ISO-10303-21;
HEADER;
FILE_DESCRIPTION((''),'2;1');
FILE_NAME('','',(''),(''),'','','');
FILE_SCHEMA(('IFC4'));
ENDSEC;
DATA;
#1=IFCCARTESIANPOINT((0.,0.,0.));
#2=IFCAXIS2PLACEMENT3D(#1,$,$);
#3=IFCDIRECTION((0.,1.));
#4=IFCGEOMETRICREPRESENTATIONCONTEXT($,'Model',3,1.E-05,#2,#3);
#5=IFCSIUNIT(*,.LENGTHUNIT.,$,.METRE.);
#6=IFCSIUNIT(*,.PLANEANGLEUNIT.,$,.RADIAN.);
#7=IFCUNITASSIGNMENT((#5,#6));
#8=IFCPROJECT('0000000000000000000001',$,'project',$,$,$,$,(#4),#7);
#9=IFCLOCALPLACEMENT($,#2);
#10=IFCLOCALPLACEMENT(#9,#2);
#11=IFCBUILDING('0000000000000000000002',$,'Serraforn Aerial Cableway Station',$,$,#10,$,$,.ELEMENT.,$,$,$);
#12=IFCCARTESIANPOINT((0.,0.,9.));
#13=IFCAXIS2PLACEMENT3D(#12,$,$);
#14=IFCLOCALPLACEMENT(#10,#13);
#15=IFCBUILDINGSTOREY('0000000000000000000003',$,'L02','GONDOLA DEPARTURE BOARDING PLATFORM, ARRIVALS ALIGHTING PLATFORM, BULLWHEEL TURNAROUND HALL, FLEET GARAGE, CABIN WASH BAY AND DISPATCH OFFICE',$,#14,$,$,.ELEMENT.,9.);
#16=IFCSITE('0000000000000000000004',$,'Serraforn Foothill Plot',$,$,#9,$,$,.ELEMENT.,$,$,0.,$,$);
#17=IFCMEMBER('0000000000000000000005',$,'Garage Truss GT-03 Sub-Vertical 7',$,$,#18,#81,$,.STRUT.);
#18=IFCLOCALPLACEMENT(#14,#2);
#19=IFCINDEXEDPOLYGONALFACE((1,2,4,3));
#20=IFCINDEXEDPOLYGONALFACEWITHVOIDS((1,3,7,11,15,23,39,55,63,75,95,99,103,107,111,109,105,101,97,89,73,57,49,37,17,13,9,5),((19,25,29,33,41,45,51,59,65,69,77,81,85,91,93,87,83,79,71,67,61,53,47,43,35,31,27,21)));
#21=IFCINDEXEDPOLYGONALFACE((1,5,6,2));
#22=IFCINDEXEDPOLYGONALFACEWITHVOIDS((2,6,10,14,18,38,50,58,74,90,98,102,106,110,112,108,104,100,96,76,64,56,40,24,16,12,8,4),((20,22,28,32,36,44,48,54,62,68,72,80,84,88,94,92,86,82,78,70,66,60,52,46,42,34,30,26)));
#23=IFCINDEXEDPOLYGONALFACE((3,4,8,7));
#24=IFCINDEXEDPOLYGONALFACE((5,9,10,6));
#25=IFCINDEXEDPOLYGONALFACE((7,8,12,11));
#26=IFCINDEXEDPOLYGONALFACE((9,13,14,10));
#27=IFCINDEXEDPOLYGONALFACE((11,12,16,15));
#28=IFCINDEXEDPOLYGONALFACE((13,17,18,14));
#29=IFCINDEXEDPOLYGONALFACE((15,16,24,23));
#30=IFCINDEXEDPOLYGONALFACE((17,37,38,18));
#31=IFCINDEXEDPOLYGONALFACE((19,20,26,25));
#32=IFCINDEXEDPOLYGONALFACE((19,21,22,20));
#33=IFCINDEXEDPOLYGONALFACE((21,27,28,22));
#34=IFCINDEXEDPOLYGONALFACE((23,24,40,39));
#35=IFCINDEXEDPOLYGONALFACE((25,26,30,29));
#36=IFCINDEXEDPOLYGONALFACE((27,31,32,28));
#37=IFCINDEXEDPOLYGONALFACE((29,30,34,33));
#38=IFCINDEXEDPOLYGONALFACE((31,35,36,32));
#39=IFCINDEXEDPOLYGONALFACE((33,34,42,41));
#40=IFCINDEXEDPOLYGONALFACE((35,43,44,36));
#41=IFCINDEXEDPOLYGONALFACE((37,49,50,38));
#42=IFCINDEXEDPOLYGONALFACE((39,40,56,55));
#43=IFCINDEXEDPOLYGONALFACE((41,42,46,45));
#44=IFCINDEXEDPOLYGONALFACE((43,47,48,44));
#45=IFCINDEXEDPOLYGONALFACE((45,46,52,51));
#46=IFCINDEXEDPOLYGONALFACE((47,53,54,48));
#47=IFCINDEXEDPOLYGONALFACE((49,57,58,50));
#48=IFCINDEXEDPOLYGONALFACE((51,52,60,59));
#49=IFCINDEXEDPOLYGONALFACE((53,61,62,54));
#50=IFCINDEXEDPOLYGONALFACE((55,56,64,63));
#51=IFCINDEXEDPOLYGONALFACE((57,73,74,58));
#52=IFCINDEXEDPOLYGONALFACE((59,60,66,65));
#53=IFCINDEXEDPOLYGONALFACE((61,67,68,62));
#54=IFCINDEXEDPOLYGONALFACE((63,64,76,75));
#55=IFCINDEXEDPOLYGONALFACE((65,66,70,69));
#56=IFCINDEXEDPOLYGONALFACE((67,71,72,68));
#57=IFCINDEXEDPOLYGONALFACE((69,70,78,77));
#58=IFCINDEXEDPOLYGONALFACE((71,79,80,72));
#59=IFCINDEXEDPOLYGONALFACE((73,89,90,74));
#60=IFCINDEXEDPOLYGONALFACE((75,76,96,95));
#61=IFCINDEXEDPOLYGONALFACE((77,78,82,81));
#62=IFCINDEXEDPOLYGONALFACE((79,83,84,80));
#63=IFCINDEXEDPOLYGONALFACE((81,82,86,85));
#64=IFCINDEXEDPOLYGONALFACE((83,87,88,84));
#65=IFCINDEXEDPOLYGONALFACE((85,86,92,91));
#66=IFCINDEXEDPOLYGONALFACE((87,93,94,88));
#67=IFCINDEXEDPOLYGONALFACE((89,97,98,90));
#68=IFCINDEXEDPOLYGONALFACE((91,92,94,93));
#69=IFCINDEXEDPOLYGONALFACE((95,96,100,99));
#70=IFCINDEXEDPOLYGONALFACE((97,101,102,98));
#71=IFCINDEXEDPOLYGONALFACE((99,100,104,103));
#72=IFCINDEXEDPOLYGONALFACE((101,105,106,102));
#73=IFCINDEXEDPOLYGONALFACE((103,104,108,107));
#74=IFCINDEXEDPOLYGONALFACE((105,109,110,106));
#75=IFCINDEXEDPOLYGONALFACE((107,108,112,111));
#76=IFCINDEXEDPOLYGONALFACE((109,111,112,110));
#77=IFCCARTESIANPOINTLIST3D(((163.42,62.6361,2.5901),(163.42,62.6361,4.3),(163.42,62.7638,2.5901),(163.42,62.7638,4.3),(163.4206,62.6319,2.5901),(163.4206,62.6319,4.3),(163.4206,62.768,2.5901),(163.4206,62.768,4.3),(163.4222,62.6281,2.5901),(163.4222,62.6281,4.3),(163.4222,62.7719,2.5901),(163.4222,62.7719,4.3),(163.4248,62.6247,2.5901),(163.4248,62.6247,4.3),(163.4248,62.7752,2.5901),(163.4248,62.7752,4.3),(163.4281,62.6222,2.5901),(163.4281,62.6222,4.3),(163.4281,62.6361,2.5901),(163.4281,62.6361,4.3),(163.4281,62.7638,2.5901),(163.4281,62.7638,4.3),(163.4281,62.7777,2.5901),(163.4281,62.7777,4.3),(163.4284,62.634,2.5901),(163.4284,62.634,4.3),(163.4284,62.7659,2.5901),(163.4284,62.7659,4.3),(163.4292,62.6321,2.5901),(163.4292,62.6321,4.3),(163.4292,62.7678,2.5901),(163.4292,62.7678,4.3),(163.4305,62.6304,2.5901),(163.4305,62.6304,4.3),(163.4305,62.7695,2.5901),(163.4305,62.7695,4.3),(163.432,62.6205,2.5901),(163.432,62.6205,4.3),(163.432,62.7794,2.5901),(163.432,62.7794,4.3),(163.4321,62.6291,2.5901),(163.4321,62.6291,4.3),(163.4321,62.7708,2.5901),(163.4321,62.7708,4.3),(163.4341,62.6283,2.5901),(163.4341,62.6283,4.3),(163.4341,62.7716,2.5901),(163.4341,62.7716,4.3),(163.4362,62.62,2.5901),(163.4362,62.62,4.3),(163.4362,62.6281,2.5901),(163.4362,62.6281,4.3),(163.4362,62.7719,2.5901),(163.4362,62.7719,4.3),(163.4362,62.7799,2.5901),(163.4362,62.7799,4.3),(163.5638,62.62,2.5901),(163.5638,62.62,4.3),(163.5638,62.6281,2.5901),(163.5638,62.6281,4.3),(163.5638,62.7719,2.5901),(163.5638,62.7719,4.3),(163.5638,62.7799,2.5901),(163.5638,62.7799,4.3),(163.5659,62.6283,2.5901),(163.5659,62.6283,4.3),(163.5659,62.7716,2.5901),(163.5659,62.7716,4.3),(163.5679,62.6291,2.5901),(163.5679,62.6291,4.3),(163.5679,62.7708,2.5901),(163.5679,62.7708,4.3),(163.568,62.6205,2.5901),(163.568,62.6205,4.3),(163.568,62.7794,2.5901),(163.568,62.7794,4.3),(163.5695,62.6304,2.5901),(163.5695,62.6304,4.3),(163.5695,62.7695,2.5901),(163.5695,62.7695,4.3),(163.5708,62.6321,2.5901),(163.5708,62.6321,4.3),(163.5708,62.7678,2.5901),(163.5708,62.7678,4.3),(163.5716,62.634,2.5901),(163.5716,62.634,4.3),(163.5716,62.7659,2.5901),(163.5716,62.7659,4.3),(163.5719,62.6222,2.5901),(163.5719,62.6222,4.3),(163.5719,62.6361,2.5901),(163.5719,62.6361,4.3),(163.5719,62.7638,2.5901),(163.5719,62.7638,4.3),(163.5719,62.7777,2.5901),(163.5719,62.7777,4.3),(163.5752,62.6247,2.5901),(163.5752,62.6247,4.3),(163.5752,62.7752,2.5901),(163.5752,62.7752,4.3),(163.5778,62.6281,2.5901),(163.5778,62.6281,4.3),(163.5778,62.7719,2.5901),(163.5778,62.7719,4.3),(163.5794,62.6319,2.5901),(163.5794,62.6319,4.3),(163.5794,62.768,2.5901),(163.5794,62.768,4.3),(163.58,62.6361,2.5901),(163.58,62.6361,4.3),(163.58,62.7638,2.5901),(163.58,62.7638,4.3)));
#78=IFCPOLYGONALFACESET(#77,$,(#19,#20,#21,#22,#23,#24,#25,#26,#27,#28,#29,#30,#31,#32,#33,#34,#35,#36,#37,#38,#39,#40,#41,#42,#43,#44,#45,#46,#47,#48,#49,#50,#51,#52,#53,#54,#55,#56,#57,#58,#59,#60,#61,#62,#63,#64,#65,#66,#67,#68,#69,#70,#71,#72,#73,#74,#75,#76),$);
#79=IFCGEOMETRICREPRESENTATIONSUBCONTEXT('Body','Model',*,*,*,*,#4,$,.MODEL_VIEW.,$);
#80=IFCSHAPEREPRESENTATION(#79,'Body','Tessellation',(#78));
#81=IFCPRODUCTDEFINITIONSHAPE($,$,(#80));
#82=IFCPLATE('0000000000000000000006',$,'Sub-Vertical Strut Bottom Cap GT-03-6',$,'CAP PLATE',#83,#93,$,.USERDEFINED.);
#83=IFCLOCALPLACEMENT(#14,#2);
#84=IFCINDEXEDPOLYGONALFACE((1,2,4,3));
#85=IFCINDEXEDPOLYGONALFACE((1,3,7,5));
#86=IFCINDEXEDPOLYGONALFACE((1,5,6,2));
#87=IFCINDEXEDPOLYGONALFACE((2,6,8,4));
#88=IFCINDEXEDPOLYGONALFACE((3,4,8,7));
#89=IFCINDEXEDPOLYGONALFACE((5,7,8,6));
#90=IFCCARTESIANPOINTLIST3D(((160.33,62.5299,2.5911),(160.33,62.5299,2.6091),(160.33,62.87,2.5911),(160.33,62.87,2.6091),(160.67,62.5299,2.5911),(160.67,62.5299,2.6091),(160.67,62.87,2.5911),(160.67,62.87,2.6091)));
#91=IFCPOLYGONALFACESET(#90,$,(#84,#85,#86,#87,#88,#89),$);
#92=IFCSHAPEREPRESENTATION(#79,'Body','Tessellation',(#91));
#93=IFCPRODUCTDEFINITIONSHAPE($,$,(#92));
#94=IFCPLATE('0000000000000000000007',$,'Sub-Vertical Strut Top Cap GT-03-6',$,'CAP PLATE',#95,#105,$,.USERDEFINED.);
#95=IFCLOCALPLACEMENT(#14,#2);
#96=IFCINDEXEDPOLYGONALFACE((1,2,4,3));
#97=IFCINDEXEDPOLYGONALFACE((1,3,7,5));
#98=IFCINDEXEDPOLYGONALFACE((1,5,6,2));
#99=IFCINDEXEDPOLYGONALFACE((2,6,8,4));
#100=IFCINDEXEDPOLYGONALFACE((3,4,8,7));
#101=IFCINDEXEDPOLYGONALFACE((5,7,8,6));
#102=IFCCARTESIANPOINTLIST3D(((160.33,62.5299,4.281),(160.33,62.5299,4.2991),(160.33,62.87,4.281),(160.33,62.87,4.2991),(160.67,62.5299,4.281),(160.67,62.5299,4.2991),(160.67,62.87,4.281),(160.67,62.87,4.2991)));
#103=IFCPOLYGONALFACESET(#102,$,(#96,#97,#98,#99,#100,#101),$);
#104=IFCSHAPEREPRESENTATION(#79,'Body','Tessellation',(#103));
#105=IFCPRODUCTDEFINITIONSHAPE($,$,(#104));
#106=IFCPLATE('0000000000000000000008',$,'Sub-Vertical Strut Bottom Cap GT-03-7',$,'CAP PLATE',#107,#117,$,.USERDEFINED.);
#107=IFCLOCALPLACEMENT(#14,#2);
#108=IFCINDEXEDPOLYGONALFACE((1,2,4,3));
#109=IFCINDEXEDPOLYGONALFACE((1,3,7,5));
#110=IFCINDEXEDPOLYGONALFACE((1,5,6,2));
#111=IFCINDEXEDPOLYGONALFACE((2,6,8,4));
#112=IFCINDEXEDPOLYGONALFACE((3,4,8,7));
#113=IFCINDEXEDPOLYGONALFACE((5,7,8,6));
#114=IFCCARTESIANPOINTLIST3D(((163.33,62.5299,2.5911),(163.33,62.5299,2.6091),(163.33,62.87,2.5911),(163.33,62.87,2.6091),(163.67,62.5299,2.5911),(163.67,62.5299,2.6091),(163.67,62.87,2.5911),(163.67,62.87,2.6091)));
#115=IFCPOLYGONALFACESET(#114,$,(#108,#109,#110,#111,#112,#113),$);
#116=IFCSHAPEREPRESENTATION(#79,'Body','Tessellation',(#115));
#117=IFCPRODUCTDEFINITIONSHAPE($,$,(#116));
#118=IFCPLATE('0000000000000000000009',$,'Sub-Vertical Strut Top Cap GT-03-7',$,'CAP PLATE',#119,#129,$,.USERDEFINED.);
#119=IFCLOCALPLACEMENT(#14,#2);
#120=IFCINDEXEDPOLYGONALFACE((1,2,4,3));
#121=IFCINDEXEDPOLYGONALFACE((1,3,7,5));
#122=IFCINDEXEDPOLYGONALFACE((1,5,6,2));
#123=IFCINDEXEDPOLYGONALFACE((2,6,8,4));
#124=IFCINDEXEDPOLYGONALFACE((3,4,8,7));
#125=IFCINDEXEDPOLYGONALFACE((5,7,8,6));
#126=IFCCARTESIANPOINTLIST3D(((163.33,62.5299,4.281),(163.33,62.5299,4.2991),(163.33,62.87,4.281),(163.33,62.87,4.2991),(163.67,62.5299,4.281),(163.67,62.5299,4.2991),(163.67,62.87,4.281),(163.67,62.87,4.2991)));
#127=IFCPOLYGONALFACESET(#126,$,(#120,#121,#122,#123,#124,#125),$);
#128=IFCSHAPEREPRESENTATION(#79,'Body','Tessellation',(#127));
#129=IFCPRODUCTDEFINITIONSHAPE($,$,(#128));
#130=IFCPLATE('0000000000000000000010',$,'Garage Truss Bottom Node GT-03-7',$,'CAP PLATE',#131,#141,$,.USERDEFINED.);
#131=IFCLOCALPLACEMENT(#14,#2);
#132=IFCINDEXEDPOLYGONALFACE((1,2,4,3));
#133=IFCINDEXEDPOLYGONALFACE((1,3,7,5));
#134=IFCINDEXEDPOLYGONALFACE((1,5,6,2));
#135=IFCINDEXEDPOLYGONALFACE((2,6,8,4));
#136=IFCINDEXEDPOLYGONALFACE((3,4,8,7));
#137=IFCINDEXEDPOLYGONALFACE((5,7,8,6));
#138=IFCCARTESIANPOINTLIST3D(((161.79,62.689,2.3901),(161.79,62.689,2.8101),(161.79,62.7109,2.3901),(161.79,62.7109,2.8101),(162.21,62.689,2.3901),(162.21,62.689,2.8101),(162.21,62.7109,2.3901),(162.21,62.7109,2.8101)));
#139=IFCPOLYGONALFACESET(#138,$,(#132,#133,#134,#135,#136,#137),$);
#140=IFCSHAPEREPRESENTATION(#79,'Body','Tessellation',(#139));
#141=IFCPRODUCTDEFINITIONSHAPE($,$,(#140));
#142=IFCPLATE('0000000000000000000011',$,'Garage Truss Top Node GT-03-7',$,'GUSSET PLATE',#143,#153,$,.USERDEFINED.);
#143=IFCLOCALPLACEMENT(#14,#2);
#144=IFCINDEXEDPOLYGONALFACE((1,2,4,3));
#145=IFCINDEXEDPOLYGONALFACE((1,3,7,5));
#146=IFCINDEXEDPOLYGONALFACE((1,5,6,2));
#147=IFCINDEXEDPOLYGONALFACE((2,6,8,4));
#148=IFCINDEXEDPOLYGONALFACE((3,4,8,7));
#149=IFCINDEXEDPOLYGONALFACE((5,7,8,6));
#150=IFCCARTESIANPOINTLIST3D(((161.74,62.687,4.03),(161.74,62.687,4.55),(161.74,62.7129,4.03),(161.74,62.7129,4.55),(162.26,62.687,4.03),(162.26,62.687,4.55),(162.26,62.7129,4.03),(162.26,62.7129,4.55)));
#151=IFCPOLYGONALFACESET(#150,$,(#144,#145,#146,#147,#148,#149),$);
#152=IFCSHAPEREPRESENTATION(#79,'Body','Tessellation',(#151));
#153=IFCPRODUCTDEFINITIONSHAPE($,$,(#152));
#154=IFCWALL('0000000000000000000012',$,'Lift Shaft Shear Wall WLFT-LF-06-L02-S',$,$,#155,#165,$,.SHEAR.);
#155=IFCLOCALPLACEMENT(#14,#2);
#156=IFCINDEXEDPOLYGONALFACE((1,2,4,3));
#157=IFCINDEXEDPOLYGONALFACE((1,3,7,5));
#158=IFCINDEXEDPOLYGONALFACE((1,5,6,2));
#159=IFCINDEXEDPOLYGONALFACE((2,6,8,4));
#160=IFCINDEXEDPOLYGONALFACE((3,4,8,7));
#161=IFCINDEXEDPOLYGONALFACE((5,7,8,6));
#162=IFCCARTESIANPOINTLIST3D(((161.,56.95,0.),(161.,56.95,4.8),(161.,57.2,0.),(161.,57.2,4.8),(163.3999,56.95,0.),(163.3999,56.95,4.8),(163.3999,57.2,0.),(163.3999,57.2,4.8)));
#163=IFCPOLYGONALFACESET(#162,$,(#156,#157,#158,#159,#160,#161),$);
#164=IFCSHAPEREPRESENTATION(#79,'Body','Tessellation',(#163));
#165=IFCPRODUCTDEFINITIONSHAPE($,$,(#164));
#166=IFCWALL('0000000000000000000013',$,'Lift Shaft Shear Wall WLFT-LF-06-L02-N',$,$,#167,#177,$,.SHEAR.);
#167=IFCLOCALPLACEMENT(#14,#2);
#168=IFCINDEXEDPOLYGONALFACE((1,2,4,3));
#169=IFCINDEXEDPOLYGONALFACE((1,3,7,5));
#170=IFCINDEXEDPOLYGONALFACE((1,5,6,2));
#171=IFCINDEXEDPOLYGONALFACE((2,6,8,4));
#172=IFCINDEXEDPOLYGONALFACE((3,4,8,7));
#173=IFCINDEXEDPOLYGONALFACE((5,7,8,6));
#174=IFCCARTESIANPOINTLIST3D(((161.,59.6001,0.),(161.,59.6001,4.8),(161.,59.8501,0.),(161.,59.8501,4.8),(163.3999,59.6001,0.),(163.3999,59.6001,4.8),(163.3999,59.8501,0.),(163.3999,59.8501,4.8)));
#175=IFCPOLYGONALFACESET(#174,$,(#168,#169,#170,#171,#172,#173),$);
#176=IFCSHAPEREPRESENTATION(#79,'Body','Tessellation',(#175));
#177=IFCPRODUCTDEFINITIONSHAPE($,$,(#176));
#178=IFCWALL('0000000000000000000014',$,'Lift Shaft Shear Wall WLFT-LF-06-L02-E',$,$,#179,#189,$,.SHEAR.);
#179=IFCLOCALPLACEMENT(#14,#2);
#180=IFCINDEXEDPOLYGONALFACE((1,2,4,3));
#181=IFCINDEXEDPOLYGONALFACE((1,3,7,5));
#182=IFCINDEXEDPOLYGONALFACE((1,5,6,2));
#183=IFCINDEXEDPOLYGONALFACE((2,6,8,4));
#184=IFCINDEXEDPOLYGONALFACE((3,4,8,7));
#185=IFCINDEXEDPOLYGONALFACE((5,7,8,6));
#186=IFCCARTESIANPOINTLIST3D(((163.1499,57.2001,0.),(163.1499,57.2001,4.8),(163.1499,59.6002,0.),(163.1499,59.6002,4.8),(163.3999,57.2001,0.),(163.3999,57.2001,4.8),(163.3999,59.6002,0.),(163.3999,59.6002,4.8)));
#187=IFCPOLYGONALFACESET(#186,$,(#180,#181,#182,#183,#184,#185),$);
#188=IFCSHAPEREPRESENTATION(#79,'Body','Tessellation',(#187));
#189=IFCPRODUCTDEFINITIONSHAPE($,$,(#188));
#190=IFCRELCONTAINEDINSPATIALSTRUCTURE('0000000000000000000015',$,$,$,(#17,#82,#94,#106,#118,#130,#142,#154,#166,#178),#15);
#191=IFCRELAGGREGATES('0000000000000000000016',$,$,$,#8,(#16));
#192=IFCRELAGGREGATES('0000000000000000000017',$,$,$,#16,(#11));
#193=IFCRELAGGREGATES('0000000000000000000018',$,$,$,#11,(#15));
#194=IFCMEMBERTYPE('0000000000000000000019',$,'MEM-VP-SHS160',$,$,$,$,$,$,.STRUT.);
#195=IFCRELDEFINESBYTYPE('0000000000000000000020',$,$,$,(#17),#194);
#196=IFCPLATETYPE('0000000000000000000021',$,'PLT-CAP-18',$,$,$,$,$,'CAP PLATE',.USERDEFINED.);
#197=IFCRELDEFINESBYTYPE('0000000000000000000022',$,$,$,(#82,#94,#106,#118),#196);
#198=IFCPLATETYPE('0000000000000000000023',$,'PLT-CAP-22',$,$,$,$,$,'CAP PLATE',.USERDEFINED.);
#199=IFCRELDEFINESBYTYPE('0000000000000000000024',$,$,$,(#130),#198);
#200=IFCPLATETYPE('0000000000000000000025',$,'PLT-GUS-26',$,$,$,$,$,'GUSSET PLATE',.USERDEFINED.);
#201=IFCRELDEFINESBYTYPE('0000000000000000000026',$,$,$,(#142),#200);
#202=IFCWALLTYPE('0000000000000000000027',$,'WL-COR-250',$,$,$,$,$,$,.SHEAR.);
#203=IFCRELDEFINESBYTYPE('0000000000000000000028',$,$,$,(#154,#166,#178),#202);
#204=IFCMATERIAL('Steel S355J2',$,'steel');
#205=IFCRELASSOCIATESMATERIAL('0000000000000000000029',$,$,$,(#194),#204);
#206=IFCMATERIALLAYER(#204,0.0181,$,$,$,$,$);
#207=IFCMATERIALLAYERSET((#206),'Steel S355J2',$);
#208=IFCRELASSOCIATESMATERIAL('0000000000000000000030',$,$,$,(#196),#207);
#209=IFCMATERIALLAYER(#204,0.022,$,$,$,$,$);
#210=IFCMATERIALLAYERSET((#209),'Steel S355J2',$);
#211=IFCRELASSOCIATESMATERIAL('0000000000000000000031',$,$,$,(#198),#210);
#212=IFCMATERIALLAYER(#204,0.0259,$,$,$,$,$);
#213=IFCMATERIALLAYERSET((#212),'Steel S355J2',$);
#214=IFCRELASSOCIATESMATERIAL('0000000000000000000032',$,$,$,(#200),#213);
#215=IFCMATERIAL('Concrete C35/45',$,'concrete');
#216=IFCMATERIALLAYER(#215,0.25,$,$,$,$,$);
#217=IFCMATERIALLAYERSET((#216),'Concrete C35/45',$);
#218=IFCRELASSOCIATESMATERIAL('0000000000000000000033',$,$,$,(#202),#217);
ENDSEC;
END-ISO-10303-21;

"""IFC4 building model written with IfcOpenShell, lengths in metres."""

from ifc_helpers import new_model, si_unit, direction, frame, frame_2d, origin, origin_2d, place, context, subcontext, project, spatial, rectangle, hollow_rectangle, extrude, material, layer, layer_set, material_profile, profile_set, type_object, element, save


model = new_model("IFC4")

# Units and contexts
model_context = context("Model", 3, precision=1e-05, world=origin(), true_north=direction((0.0, 1.0)))
body_context = subcontext(model_context, "Body", "Model", "MODEL_VIEW")
ifc_project = project(units=[si_unit("LENGTHUNIT", "METRE"), si_unit("PLANEANGLEUNIT", "RADIAN")], contexts=[model_context])

# Site, building, storey
site_placement = place(None, origin())
site = spatial("IfcSite", under=ifc_project, at=site_placement, Name="Serraforn Foothill Plot", CompositionType="ELEMENT", RefElevation=0.0)
building_placement = place(site_placement, origin())
building = spatial("IfcBuilding", under=site, at=building_placement, Name="Serraforn Aerial Cableway Station", CompositionType="ELEMENT")
storey_placement = place(building_placement, frame((0.0, 0.0, 9.0)))
storey = spatial("IfcBuildingStorey", under=building, at=storey_placement, Name="L02", Description="GONDOLA DEPARTURE BOARDING PLATFORM, ARRIVALS ALIGHTING PLATFORM, BULLWHEEL TURNAROUND HALL, FLEET GARAGE, CABIN WASH BAY AND DISPATCH OFFICE", CompositionType="ELEMENT", Elevation=9.0)

# Member
ifc_material_1 = material(Name="Steel S355J2", Category="steel")
ifc_material_profile_1 = material_profile(ifc_material_1, hollow_rectangle(XDim=0.1599, YDim=0.1599, WallThickness=0.0081, InnerFilletRadius=0.0081, OuterFilletRadius=0.0161, at=origin_2d()), Name="SHS 160x160x8.0")
ifc_profile_set_1 = profile_set([ifc_material_profile_1], Name="Steel S355J2")
member_type_1 = type_object("IfcMemberType", Name="MEM-VP-SHS160", PredefinedType="STRUT", material=ifc_profile_set_1)
for number, where, z_axis, x_axis, name in (
    (1, (163.5, 62.7, 2.5901), (0.0, 0.0, 1.0), (1.0, 0.0, 0.0), "Garage Truss GT-03 Sub-Vertical 7"),
):
    element("IfcMember", number, at=place(storey_placement, frame(where, z_axis=z_axis, x_axis=x_axis)), inside=storey, type_object=member_type_1, Name=name, PredefinedType="STRUT", context=body_context, shape_type="SweptSolid", body=[
        extrude(hollow_rectangle(XDim=0.1599, YDim=0.1599, WallThickness=0.0081, InnerFilletRadius=0.0081, OuterFilletRadius=0.0161, at=origin_2d()), origin(), (0.0, 0.0, 1.0), 1.71),
    ])

# Plates
ifc_layer_1 = layer(ifc_material_1, 0.0181)
ifc_layer_set_1 = layer_set([ifc_layer_1], Name="Steel S355J2")
plate_type_1 = type_object("IfcPlateType", Name="PLT-CAP-18", ElementType="CAP PLATE", PredefinedType="USERDEFINED", material=ifc_layer_set_1)
for number, where, z_axis, x_axis, name in (
    (2, (160.5, 62.7, 2.5911), (0.0, 0.0, 1.0), (1.0, 0.0, 0.0), "Sub-Vertical Strut Bottom Cap GT-03-6"),
    (3, (160.5, 62.7, 4.281), (0.0, 0.0, 1.0), (1.0, 0.0, 0.0), "Sub-Vertical Strut Top Cap GT-03-6"),
    (4, (163.5, 62.7, 2.5911), (0.0, 0.0, 1.0), (1.0, 0.0, 0.0), "Sub-Vertical Strut Bottom Cap GT-03-7"),
    (5, (163.5, 62.7, 4.281), (0.0, 0.0, 1.0), (1.0, 0.0, 0.0), "Sub-Vertical Strut Top Cap GT-03-7"),
):
    element("IfcPlate", number, at=place(storey_placement, frame(where, z_axis=z_axis, x_axis=x_axis)), inside=storey, type_object=plate_type_1, Name=name, ObjectType="CAP PLATE", PredefinedType="USERDEFINED", context=body_context, shape_type="SweptSolid", body=[
        extrude(rectangle(XDim=0.3401, YDim=0.3401, at=origin_2d()), origin(), (0.0, 0.0, 1.0), 0.0181),
    ])
ifc_layer_2 = layer(ifc_material_1, 0.022)
ifc_layer_set_2 = layer_set([ifc_layer_2], Name="Steel S355J2")
plate_type_2 = type_object("IfcPlateType", Name="PLT-CAP-22", ElementType="CAP PLATE", PredefinedType="USERDEFINED", material=ifc_layer_set_2)
plate_1_placement = place(storey_placement, frame((162.0, 62.7, 2.3901), z_axis=(0.0, 0.0, 1.0), x_axis=(1.0, 0.0, 0.0)))
element("IfcPlate", 6, at=plate_1_placement, inside=storey, type_object=plate_type_2, Name="Garage Truss Bottom Node GT-03-7", ObjectType="CAP PLATE", PredefinedType="USERDEFINED", context=body_context, shape_type="SweptSolid", body=[
    extrude(rectangle(XDim=0.4199, YDim=0.022, at=origin_2d()), origin(), (0.0, 0.0, 1.0), 0.4199),
])
ifc_layer_3 = layer(ifc_material_1, 0.0259)
ifc_layer_set_3 = layer_set([ifc_layer_3], Name="Steel S355J2")
plate_type_3 = type_object("IfcPlateType", Name="PLT-GUS-26", ElementType="GUSSET PLATE", PredefinedType="USERDEFINED", material=ifc_layer_set_3)
plate_2_placement = place(storey_placement, frame((162.0, 62.7, 4.03), z_axis=(0.0, 0.0, 1.0), x_axis=(1.0, 0.0, 0.0)))
element("IfcPlate", 7, at=plate_2_placement, inside=storey, type_object=plate_type_3, Name="Garage Truss Top Node GT-03-7", ObjectType="GUSSET PLATE", PredefinedType="USERDEFINED", context=body_context, shape_type="SweptSolid", body=[
    extrude(rectangle(XDim=0.52, YDim=0.0259, at=origin_2d()), origin(), (0.0, 0.0, 1.0), 0.52),
])

# Walls
ifc_material_2 = material(Name="Concrete C35/45", Category="concrete")
ifc_layer_4 = layer(ifc_material_2, 0.25)
ifc_layer_set_4 = layer_set([ifc_layer_4], Name="Concrete C35/45")
wall_type_1 = type_object("IfcWallType", Name="WL-COR-250", PredefinedType="SHEAR", material=ifc_layer_set_4)
for number, where, z_axis, x_axis, name in (
    (8, (161.0, 57.075, 0.0), (0.0, 0.0, 1.0), (1.0, 0.0, 0.0), "Lift Shaft Shear Wall WLFT-LF-06-L02-S"),
    (9, (161.0, 59.7251, 0.0), (0.0, 0.0, 1.0), (1.0, 0.0, 0.0), "Lift Shaft Shear Wall WLFT-LF-06-L02-N"),
):
    element("IfcWall", number, at=place(storey_placement, frame(where, z_axis=z_axis, x_axis=x_axis)), inside=storey, type_object=wall_type_1, Name=name, PredefinedType="SHEAR", context=body_context, shape_type="SweptSolid", body=[
        extrude(rectangle(XDim=2.3999, YDim=0.25, at=frame_2d((1.2, 0.0))), origin(), (0.0, 0.0, 1.0), 4.8),
    ])

# Wall
wall_1_placement = place(storey_placement, frame((163.2749, 57.2, 0.0), z_axis=(0.0, 0.0, 1.0), x_axis=(0.0, 1.0, 0.0)))
element("IfcWall", 10, at=wall_1_placement, inside=storey, type_object=wall_type_1, Name="Lift Shaft Shear Wall WLFT-LF-06-L02-E", PredefinedType="SHEAR", context=body_context, shape_type="SweptSolid", body=[
    extrude(rectangle(XDim=2.4001, YDim=0.25, at=frame_2d((1.2002, 0.0))), origin(), (0.0, 0.0, 1.0), 4.8),
])

save(model, "model.ifc")
